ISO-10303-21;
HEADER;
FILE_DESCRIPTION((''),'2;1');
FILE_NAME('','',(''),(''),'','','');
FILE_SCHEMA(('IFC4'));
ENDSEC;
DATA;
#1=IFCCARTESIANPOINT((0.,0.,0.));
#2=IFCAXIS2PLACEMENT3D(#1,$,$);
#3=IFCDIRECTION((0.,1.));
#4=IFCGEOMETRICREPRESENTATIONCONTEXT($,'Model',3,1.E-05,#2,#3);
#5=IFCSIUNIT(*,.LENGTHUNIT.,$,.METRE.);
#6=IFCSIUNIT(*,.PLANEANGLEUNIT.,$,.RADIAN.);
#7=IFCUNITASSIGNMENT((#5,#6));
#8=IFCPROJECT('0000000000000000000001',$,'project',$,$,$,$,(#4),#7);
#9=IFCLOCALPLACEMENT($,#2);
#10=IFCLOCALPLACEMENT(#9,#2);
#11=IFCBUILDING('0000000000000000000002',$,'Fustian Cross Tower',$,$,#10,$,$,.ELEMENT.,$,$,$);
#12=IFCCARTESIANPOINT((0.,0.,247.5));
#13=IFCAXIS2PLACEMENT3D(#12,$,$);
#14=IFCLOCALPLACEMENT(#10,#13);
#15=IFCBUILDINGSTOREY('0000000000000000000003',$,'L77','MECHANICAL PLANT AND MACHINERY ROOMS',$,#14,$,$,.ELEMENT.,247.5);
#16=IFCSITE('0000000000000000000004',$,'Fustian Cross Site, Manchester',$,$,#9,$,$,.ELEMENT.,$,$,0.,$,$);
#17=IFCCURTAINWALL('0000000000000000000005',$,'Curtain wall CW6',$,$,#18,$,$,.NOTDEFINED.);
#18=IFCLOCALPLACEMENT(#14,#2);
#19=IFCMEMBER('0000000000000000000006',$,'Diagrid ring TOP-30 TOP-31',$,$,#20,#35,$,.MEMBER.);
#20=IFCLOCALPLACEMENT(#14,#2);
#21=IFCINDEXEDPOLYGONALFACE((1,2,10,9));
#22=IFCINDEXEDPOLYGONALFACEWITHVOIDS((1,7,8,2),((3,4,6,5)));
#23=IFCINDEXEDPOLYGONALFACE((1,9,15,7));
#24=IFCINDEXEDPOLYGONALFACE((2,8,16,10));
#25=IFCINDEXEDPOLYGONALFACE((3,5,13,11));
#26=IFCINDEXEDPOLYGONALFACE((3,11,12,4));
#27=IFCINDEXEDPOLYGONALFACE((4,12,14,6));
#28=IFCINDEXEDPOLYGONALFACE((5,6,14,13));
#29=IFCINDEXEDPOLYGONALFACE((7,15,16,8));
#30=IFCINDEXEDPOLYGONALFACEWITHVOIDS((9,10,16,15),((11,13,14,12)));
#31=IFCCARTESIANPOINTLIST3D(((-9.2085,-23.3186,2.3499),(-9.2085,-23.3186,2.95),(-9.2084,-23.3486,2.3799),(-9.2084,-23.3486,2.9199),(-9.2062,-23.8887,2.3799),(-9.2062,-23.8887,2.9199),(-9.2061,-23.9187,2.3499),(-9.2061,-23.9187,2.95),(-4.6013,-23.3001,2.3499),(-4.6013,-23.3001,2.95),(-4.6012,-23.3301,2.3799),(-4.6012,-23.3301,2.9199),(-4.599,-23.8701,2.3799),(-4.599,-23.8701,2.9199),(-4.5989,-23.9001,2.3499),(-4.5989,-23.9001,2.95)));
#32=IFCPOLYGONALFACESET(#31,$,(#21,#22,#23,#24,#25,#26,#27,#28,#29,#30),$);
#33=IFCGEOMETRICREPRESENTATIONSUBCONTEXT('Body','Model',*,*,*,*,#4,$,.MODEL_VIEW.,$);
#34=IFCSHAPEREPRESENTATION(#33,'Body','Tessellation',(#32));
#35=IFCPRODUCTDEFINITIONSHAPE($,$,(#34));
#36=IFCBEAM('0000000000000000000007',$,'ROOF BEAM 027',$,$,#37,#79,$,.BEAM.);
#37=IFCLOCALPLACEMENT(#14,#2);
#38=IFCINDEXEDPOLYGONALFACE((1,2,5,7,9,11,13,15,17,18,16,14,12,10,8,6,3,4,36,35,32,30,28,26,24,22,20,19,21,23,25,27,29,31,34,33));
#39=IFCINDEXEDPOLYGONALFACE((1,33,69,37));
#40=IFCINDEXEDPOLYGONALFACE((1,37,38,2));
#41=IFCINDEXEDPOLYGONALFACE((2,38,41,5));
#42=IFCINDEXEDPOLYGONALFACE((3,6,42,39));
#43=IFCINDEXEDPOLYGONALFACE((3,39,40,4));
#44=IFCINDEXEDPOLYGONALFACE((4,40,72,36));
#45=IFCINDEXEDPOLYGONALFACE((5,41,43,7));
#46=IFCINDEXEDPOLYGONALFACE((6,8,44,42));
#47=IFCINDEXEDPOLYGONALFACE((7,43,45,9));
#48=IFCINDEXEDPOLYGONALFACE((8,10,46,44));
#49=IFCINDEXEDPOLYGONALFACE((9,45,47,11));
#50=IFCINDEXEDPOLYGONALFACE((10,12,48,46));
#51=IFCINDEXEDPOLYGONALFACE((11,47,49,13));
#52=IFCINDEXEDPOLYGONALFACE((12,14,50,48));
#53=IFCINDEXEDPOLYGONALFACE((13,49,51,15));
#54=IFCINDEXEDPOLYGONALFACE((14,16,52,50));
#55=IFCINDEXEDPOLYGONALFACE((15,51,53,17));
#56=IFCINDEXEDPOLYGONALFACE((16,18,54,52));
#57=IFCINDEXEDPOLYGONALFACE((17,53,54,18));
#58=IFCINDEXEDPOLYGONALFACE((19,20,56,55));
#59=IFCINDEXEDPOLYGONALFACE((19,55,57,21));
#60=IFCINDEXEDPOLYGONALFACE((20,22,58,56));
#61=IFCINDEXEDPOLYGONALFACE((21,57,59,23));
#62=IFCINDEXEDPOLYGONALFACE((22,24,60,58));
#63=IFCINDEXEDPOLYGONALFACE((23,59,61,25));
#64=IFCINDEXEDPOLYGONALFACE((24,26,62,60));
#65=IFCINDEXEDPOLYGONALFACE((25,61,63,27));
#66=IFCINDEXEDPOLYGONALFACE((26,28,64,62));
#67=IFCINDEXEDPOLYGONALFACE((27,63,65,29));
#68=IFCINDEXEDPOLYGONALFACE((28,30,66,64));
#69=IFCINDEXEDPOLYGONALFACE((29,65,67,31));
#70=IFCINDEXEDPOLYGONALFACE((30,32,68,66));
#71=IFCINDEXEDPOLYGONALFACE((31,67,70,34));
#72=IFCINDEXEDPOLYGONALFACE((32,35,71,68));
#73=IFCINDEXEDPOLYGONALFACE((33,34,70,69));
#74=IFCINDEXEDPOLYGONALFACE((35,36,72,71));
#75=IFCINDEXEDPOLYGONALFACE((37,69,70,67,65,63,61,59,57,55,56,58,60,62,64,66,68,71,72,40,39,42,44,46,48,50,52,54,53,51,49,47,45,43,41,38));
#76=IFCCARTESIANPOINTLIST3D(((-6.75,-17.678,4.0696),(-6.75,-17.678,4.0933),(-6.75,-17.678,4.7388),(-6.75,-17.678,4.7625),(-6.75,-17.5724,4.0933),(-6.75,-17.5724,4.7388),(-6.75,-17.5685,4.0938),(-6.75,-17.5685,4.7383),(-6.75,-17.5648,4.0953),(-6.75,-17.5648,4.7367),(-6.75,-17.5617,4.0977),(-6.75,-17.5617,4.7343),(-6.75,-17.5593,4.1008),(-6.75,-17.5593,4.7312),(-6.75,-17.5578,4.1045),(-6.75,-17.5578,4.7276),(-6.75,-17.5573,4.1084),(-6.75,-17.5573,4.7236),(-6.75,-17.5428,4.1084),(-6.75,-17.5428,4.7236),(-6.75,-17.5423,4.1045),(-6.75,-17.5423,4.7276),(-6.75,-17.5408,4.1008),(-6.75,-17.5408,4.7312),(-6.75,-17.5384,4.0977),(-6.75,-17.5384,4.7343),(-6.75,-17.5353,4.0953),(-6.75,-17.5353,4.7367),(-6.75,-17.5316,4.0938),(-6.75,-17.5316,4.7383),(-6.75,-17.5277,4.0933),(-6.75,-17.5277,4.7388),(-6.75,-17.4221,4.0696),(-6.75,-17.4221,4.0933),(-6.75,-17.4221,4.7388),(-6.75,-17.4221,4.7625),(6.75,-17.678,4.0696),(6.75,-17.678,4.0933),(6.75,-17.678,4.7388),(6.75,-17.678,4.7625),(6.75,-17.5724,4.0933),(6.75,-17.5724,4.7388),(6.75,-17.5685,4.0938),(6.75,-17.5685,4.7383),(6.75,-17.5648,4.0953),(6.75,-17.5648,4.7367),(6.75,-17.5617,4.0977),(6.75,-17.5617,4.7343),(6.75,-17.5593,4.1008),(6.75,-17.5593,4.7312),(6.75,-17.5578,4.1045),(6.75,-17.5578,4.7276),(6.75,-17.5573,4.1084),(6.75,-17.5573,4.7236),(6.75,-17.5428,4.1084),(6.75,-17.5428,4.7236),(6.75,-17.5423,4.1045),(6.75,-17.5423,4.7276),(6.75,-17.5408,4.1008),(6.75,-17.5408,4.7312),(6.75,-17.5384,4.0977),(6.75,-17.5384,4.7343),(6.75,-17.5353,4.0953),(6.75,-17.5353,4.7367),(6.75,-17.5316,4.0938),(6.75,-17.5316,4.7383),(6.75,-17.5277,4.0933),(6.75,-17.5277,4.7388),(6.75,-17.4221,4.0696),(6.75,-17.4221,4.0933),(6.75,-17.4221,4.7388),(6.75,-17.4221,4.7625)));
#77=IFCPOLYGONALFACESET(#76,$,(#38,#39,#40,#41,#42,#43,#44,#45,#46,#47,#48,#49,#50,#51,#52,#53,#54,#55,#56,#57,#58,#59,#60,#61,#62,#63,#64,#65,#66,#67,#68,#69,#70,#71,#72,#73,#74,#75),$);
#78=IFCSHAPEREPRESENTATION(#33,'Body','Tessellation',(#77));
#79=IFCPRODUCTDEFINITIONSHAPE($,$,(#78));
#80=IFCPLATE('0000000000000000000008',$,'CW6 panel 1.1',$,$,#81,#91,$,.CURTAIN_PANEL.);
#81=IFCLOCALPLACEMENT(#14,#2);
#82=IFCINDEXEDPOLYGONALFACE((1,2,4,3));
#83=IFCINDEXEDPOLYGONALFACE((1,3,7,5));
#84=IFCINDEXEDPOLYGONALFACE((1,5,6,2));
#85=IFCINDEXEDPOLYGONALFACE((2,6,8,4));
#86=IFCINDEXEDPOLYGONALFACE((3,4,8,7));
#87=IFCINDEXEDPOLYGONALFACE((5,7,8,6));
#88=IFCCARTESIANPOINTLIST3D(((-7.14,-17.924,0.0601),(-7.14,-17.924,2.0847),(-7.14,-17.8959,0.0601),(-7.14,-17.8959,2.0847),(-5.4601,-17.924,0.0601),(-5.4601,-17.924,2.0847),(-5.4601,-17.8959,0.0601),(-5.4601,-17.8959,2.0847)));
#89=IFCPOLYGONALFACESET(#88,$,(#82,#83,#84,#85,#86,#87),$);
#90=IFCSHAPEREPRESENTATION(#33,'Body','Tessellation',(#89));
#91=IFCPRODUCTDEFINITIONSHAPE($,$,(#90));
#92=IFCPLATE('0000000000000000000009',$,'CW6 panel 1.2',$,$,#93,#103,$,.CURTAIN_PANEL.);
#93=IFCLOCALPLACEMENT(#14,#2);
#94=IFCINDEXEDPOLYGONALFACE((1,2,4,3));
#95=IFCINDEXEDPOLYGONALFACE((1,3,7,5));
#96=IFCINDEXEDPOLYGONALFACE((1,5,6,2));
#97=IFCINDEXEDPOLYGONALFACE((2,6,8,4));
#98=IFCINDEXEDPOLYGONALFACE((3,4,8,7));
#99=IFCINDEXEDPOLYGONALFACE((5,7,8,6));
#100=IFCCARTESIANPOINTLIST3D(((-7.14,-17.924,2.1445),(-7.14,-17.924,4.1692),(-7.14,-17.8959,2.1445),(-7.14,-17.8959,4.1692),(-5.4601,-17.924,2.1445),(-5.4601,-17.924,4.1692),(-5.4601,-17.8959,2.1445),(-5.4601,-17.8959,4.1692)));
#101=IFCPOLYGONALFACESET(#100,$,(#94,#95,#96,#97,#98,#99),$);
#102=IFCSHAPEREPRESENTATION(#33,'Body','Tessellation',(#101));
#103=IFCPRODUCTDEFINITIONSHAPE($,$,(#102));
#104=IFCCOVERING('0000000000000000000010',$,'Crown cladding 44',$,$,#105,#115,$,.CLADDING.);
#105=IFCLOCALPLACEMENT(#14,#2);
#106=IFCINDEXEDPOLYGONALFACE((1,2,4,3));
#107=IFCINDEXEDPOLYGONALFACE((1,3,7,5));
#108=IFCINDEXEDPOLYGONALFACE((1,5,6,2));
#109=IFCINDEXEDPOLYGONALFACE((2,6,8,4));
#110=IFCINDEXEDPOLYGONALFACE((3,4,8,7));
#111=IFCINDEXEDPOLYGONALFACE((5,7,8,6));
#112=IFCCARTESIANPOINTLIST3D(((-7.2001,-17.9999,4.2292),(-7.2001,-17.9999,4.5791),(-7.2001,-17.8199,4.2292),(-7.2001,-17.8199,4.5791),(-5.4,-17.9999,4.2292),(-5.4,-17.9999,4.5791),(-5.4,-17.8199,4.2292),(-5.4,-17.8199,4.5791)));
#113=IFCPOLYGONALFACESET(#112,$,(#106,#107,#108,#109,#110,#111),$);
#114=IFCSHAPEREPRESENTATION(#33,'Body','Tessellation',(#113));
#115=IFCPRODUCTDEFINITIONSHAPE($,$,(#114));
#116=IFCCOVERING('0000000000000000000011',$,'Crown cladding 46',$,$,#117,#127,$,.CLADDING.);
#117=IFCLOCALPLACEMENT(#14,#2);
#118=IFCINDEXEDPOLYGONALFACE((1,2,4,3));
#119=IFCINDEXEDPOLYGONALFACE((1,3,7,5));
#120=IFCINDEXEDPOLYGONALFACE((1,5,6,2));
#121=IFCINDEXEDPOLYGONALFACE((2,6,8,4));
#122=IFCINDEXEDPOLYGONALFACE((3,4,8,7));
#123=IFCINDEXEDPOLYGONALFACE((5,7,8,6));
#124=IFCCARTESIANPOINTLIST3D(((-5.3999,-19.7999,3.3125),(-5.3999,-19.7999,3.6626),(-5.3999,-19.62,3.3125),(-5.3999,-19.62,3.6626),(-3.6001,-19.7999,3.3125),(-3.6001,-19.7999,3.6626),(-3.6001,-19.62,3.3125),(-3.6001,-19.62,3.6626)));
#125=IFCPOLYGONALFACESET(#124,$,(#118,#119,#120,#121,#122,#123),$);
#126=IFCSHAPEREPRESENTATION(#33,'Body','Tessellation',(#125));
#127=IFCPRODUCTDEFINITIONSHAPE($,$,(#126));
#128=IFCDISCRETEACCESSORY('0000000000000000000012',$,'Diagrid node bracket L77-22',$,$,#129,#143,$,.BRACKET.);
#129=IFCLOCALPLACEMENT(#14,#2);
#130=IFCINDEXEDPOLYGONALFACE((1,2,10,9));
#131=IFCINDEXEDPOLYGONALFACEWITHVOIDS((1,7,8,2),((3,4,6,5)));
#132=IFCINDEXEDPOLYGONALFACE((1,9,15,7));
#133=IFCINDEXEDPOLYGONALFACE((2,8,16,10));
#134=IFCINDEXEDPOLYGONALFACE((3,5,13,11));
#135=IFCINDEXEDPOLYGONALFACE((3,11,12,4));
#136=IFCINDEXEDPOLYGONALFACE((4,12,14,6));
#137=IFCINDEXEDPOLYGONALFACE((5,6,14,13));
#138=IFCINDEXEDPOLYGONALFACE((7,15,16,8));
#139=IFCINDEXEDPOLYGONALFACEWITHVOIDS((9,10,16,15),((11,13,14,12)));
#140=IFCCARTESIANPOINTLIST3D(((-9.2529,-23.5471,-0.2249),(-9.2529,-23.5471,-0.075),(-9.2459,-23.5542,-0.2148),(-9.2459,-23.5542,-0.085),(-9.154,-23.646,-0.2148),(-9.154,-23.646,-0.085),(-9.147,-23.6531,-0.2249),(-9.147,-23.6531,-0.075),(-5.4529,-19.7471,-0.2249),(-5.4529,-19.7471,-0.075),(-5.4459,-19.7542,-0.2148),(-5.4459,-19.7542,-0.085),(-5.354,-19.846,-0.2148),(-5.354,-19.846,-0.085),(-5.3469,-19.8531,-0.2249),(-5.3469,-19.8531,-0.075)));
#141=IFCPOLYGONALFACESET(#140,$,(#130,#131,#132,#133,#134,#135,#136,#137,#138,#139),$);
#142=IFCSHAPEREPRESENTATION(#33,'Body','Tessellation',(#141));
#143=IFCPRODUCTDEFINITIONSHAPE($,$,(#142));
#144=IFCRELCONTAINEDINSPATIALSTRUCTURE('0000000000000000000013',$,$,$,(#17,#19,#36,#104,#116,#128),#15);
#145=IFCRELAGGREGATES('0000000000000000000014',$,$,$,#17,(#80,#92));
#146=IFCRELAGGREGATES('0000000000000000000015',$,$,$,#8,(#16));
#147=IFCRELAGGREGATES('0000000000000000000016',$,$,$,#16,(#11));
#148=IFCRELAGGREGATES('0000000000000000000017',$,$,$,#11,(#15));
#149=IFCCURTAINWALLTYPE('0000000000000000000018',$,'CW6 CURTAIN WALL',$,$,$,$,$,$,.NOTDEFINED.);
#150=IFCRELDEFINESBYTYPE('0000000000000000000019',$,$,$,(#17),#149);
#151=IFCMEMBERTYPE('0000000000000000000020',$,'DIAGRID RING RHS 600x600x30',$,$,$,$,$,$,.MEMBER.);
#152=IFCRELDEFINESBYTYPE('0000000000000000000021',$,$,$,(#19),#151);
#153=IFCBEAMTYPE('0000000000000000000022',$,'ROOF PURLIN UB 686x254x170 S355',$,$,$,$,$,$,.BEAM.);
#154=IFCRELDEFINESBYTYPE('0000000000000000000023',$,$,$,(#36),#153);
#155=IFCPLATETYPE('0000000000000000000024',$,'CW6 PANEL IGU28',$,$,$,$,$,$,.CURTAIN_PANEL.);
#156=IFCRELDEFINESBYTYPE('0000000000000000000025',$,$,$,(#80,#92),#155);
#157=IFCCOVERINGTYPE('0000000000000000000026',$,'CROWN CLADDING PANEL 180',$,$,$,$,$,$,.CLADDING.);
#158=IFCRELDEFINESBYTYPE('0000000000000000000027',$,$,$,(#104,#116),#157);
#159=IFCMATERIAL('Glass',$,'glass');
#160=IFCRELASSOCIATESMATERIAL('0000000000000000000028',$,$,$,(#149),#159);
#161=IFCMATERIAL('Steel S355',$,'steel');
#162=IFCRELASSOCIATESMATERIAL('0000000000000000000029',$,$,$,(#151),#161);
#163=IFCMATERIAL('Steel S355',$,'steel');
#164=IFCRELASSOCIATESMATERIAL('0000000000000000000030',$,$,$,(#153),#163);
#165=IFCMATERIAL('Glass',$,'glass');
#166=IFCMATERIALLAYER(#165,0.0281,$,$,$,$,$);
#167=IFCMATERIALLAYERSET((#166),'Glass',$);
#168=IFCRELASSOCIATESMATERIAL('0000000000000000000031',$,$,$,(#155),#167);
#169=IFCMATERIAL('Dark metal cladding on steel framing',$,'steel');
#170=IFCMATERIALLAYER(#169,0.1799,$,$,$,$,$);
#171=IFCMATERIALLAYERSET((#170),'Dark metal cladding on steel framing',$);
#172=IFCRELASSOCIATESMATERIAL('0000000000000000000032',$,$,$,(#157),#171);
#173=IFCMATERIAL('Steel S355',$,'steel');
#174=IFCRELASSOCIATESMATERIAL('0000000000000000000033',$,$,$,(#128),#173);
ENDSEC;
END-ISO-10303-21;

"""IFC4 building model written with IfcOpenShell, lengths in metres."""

from ifc_helpers import new_model, si_unit, direction, frame, frame_2d, origin, origin_2d, place, context, subcontext, project, spatial, rectangle, hollow_rectangle, i_section, extrude, material, layer, layer_set, material_profile, profile_set, type_object, element, aggregate, save


model = new_model("IFC4")

# Units and contexts
model_context = context("Model", 3, precision=1e-05, world=origin(), true_north=direction((0.0, 1.0)))
body_context = subcontext(model_context, "Body", "Model", "MODEL_VIEW")
ifc_project = project(units=[si_unit("LENGTHUNIT", "METRE"), si_unit("PLANEANGLEUNIT", "RADIAN")], contexts=[model_context])

# Site, building, storey
site_placement = place(None, origin())
site = spatial("IfcSite", under=ifc_project, at=site_placement, Name="Fustian Cross Site, Manchester", CompositionType="ELEMENT", RefElevation=0.0)
building_placement = place(site_placement, origin())
building = spatial("IfcBuilding", under=site, at=building_placement, Name="Fustian Cross Tower", CompositionType="ELEMENT")
storey_placement = place(building_placement, frame((0.0, 0.0, 247.5)))
storey = spatial("IfcBuildingStorey", under=building, at=storey_placement, Name="L77", Description="MECHANICAL PLANT AND MACHINERY ROOMS", CompositionType="ELEMENT", Elevation=247.5)

# Shared definitions
ifc_material_1 = material(Name="Glass", Category="glass")
curtain_wall_type = type_object("IfcCurtainWallType", Name="CW6 CURTAIN WALL", PredefinedType="NOTDEFINED", material=ifc_material_1)

# Curtain wall
curtain_wall_1_placement = place(storey_placement, origin())
curtain_wall_1 = element("IfcCurtainWall", 1, at=curtain_wall_1_placement, inside=storey, type_object=curtain_wall_type, Name="Curtain wall CW6", PredefinedType="NOTDEFINED")

# Member
ifc_material_2 = material(Name="Steel S355", Category="steel")
ifc_material_profile_1 = material_profile(ifc_material_2, hollow_rectangle(XDim=0.6001, YDim=0.6001, WallThickness=0.03, at=origin_2d()), Name="RHS 600x600x30")
ifc_profile_set_1 = profile_set([ifc_material_profile_1], Name="Steel S355")
member_type_1 = type_object("IfcMemberType", Name="DIAGRID RING RHS 600x600x30", PredefinedType="MEMBER", material=ifc_profile_set_1)
member_1_placement = place(storey_placement, frame((-9.2073, -23.6187, 2.6499), z_axis=(0.999992, 0.004027, 0.0), x_axis=(-0.004027, 0.999992, 0.0)))
element("IfcMember", 2, at=member_1_placement, inside=storey, type_object=member_type_1, Name="Diagrid ring TOP-30 TOP-31", PredefinedType="MEMBER", context=body_context, shape_type="SweptSolid", body=[
    extrude(hollow_rectangle(XDim=0.6001, YDim=0.6001, WallThickness=0.03, at=origin_2d()), origin(), (0.0, 0.0, 1.0), 4.6072),
])

# Beam
ifc_material_3 = material(Name="Steel S355", Category="steel")
ifc_material_profile_2 = material_profile(ifc_material_3, i_section(OverallWidth=0.2559, OverallDepth=0.6929, WebThickness=0.0144, FlangeThickness=0.0237, FilletRadius=0.0151, at=origin_2d()), Name="UB 686x254x170")
ifc_profile_set_2 = profile_set([ifc_material_profile_2], Name="Steel S355")
beam_type = type_object("IfcBeamType", Name="ROOF PURLIN UB 686x254x170 S355", PredefinedType="BEAM", material=ifc_profile_set_2)
beam_placement = place(storey_placement, frame((-6.75, -17.55, 4.416), z_axis=(1.0, 0.0, 0.0), x_axis=(0.0, 1.0, 0.0)))
element("IfcBeam", 3, at=beam_placement, inside=storey, type_object=beam_type, Name="ROOF BEAM 027", PredefinedType="BEAM", context=body_context, shape_type="SweptSolid", body=[
    extrude(i_section(OverallWidth=0.2559, OverallDepth=0.6929, WebThickness=0.0144, FlangeThickness=0.0237, FilletRadius=0.0151, at=origin_2d()), origin(), (0.0, 0.0, 1.0), 13.5),
])

# Plates
ifc_material_4 = material(Name="Glass", Category="glass")
ifc_layer_1 = layer(ifc_material_4, 0.0281)
ifc_layer_set_1 = layer_set([ifc_layer_1], Name="Glass")
plate_type = type_object("IfcPlateType", Name="CW6 PANEL IGU28", PredefinedType="CURTAIN_PANEL", material=ifc_layer_set_1)
plate_1_placement = place(storey_placement, frame((-6.3, -17.9099, 0.0601), z_axis=(0.0, 0.0, 1.0), x_axis=(1.0, 0.0, 0.0)))
plate_1 = element("IfcPlate", 4, at=plate_1_placement, type_object=plate_type, Name="CW6 panel 1.1", PredefinedType="CURTAIN_PANEL", context=body_context, shape_type="SweptSolid", body=[
    extrude(rectangle(XDim=1.6799, YDim=0.0281, at=origin_2d()), origin(), (0.0, 0.0, 1.0), 2.0247),
])
plate_2_placement = place(storey_placement, frame((-6.3, -17.9099, 2.1445), z_axis=(0.0, 0.0, 1.0), x_axis=(1.0, 0.0, 0.0)))
plate_2 = element("IfcPlate", 5, at=plate_2_placement, type_object=plate_type, Name="CW6 panel 1.2", PredefinedType="CURTAIN_PANEL", context=body_context, shape_type="SweptSolid", body=[
    extrude(rectangle(XDim=1.6799, YDim=0.0281, at=origin_2d()), origin(), (0.0, 0.0, 1.0), 2.0247),
])
aggregate(curtain_wall_1, [plate_1, plate_2])

# Coverings
ifc_material_5 = material(Name="Dark metal cladding on steel framing", Category="steel")
ifc_layer_2 = layer(ifc_material_5, 0.1799)
ifc_layer_set_2 = layer_set([ifc_layer_2], Name="Dark metal cladding on steel framing")
covering_type = type_object("IfcCoveringType", Name="CROWN CLADDING PANEL 180", PredefinedType="CLADDING", material=ifc_layer_set_2)
covering_1_placement = place(storey_placement, frame((-7.2, -17.9099, 4.2292), z_axis=(0.0, 0.0, 1.0), x_axis=(1.0, 0.0, 0.0)))
element("IfcCovering", 6, at=covering_1_placement, inside=storey, type_object=covering_type, Name="Crown cladding 44", PredefinedType="CLADDING", context=body_context, shape_type="SweptSolid", body=[
    extrude(rectangle(XDim=1.8, YDim=0.1799, at=frame_2d((0.8999, 0.0))), origin(), (0.0, 0.0, 1.0), 0.3499),
])
covering_2_placement = place(storey_placement, frame((-5.3999, -19.71, 3.3125), z_axis=(0.0, 0.0, 1.0), x_axis=(1.0, 0.0, 0.0)))
element("IfcCovering", 7, at=covering_2_placement, inside=storey, type_object=covering_type, Name="Crown cladding 46", PredefinedType="CLADDING", context=body_context, shape_type="SweptSolid", body=[
    extrude(rectangle(XDim=1.7998, YDim=0.1799, at=frame_2d((0.8999, 0.0))), origin(), (0.0, 0.0, 1.0), 0.3501),
])

# Discrete accessory
ifc_material_6 = material(Name="Steel S355", Category="steel")
discrete_accessory_placement = place(storey_placement, frame((-9.2, -23.6001, -0.1499), z_axis=(0.707107, 0.707107, 0.0), x_axis=(-0.707107, 0.707107, 0.0)))
element("IfcDiscreteAccessory", 8, at=discrete_accessory_placement, inside=storey, material=ifc_material_6, Name="Diagrid node bracket L77-22", PredefinedType="BRACKET", context=body_context, shape_type="SweptSolid", body=[
    extrude(hollow_rectangle(XDim=0.1499, YDim=0.1499, WallThickness=0.01, at=origin_2d()), origin(), (0.0, 0.0, 1.0), 5.374),
])

save(model, "model.ifc")
